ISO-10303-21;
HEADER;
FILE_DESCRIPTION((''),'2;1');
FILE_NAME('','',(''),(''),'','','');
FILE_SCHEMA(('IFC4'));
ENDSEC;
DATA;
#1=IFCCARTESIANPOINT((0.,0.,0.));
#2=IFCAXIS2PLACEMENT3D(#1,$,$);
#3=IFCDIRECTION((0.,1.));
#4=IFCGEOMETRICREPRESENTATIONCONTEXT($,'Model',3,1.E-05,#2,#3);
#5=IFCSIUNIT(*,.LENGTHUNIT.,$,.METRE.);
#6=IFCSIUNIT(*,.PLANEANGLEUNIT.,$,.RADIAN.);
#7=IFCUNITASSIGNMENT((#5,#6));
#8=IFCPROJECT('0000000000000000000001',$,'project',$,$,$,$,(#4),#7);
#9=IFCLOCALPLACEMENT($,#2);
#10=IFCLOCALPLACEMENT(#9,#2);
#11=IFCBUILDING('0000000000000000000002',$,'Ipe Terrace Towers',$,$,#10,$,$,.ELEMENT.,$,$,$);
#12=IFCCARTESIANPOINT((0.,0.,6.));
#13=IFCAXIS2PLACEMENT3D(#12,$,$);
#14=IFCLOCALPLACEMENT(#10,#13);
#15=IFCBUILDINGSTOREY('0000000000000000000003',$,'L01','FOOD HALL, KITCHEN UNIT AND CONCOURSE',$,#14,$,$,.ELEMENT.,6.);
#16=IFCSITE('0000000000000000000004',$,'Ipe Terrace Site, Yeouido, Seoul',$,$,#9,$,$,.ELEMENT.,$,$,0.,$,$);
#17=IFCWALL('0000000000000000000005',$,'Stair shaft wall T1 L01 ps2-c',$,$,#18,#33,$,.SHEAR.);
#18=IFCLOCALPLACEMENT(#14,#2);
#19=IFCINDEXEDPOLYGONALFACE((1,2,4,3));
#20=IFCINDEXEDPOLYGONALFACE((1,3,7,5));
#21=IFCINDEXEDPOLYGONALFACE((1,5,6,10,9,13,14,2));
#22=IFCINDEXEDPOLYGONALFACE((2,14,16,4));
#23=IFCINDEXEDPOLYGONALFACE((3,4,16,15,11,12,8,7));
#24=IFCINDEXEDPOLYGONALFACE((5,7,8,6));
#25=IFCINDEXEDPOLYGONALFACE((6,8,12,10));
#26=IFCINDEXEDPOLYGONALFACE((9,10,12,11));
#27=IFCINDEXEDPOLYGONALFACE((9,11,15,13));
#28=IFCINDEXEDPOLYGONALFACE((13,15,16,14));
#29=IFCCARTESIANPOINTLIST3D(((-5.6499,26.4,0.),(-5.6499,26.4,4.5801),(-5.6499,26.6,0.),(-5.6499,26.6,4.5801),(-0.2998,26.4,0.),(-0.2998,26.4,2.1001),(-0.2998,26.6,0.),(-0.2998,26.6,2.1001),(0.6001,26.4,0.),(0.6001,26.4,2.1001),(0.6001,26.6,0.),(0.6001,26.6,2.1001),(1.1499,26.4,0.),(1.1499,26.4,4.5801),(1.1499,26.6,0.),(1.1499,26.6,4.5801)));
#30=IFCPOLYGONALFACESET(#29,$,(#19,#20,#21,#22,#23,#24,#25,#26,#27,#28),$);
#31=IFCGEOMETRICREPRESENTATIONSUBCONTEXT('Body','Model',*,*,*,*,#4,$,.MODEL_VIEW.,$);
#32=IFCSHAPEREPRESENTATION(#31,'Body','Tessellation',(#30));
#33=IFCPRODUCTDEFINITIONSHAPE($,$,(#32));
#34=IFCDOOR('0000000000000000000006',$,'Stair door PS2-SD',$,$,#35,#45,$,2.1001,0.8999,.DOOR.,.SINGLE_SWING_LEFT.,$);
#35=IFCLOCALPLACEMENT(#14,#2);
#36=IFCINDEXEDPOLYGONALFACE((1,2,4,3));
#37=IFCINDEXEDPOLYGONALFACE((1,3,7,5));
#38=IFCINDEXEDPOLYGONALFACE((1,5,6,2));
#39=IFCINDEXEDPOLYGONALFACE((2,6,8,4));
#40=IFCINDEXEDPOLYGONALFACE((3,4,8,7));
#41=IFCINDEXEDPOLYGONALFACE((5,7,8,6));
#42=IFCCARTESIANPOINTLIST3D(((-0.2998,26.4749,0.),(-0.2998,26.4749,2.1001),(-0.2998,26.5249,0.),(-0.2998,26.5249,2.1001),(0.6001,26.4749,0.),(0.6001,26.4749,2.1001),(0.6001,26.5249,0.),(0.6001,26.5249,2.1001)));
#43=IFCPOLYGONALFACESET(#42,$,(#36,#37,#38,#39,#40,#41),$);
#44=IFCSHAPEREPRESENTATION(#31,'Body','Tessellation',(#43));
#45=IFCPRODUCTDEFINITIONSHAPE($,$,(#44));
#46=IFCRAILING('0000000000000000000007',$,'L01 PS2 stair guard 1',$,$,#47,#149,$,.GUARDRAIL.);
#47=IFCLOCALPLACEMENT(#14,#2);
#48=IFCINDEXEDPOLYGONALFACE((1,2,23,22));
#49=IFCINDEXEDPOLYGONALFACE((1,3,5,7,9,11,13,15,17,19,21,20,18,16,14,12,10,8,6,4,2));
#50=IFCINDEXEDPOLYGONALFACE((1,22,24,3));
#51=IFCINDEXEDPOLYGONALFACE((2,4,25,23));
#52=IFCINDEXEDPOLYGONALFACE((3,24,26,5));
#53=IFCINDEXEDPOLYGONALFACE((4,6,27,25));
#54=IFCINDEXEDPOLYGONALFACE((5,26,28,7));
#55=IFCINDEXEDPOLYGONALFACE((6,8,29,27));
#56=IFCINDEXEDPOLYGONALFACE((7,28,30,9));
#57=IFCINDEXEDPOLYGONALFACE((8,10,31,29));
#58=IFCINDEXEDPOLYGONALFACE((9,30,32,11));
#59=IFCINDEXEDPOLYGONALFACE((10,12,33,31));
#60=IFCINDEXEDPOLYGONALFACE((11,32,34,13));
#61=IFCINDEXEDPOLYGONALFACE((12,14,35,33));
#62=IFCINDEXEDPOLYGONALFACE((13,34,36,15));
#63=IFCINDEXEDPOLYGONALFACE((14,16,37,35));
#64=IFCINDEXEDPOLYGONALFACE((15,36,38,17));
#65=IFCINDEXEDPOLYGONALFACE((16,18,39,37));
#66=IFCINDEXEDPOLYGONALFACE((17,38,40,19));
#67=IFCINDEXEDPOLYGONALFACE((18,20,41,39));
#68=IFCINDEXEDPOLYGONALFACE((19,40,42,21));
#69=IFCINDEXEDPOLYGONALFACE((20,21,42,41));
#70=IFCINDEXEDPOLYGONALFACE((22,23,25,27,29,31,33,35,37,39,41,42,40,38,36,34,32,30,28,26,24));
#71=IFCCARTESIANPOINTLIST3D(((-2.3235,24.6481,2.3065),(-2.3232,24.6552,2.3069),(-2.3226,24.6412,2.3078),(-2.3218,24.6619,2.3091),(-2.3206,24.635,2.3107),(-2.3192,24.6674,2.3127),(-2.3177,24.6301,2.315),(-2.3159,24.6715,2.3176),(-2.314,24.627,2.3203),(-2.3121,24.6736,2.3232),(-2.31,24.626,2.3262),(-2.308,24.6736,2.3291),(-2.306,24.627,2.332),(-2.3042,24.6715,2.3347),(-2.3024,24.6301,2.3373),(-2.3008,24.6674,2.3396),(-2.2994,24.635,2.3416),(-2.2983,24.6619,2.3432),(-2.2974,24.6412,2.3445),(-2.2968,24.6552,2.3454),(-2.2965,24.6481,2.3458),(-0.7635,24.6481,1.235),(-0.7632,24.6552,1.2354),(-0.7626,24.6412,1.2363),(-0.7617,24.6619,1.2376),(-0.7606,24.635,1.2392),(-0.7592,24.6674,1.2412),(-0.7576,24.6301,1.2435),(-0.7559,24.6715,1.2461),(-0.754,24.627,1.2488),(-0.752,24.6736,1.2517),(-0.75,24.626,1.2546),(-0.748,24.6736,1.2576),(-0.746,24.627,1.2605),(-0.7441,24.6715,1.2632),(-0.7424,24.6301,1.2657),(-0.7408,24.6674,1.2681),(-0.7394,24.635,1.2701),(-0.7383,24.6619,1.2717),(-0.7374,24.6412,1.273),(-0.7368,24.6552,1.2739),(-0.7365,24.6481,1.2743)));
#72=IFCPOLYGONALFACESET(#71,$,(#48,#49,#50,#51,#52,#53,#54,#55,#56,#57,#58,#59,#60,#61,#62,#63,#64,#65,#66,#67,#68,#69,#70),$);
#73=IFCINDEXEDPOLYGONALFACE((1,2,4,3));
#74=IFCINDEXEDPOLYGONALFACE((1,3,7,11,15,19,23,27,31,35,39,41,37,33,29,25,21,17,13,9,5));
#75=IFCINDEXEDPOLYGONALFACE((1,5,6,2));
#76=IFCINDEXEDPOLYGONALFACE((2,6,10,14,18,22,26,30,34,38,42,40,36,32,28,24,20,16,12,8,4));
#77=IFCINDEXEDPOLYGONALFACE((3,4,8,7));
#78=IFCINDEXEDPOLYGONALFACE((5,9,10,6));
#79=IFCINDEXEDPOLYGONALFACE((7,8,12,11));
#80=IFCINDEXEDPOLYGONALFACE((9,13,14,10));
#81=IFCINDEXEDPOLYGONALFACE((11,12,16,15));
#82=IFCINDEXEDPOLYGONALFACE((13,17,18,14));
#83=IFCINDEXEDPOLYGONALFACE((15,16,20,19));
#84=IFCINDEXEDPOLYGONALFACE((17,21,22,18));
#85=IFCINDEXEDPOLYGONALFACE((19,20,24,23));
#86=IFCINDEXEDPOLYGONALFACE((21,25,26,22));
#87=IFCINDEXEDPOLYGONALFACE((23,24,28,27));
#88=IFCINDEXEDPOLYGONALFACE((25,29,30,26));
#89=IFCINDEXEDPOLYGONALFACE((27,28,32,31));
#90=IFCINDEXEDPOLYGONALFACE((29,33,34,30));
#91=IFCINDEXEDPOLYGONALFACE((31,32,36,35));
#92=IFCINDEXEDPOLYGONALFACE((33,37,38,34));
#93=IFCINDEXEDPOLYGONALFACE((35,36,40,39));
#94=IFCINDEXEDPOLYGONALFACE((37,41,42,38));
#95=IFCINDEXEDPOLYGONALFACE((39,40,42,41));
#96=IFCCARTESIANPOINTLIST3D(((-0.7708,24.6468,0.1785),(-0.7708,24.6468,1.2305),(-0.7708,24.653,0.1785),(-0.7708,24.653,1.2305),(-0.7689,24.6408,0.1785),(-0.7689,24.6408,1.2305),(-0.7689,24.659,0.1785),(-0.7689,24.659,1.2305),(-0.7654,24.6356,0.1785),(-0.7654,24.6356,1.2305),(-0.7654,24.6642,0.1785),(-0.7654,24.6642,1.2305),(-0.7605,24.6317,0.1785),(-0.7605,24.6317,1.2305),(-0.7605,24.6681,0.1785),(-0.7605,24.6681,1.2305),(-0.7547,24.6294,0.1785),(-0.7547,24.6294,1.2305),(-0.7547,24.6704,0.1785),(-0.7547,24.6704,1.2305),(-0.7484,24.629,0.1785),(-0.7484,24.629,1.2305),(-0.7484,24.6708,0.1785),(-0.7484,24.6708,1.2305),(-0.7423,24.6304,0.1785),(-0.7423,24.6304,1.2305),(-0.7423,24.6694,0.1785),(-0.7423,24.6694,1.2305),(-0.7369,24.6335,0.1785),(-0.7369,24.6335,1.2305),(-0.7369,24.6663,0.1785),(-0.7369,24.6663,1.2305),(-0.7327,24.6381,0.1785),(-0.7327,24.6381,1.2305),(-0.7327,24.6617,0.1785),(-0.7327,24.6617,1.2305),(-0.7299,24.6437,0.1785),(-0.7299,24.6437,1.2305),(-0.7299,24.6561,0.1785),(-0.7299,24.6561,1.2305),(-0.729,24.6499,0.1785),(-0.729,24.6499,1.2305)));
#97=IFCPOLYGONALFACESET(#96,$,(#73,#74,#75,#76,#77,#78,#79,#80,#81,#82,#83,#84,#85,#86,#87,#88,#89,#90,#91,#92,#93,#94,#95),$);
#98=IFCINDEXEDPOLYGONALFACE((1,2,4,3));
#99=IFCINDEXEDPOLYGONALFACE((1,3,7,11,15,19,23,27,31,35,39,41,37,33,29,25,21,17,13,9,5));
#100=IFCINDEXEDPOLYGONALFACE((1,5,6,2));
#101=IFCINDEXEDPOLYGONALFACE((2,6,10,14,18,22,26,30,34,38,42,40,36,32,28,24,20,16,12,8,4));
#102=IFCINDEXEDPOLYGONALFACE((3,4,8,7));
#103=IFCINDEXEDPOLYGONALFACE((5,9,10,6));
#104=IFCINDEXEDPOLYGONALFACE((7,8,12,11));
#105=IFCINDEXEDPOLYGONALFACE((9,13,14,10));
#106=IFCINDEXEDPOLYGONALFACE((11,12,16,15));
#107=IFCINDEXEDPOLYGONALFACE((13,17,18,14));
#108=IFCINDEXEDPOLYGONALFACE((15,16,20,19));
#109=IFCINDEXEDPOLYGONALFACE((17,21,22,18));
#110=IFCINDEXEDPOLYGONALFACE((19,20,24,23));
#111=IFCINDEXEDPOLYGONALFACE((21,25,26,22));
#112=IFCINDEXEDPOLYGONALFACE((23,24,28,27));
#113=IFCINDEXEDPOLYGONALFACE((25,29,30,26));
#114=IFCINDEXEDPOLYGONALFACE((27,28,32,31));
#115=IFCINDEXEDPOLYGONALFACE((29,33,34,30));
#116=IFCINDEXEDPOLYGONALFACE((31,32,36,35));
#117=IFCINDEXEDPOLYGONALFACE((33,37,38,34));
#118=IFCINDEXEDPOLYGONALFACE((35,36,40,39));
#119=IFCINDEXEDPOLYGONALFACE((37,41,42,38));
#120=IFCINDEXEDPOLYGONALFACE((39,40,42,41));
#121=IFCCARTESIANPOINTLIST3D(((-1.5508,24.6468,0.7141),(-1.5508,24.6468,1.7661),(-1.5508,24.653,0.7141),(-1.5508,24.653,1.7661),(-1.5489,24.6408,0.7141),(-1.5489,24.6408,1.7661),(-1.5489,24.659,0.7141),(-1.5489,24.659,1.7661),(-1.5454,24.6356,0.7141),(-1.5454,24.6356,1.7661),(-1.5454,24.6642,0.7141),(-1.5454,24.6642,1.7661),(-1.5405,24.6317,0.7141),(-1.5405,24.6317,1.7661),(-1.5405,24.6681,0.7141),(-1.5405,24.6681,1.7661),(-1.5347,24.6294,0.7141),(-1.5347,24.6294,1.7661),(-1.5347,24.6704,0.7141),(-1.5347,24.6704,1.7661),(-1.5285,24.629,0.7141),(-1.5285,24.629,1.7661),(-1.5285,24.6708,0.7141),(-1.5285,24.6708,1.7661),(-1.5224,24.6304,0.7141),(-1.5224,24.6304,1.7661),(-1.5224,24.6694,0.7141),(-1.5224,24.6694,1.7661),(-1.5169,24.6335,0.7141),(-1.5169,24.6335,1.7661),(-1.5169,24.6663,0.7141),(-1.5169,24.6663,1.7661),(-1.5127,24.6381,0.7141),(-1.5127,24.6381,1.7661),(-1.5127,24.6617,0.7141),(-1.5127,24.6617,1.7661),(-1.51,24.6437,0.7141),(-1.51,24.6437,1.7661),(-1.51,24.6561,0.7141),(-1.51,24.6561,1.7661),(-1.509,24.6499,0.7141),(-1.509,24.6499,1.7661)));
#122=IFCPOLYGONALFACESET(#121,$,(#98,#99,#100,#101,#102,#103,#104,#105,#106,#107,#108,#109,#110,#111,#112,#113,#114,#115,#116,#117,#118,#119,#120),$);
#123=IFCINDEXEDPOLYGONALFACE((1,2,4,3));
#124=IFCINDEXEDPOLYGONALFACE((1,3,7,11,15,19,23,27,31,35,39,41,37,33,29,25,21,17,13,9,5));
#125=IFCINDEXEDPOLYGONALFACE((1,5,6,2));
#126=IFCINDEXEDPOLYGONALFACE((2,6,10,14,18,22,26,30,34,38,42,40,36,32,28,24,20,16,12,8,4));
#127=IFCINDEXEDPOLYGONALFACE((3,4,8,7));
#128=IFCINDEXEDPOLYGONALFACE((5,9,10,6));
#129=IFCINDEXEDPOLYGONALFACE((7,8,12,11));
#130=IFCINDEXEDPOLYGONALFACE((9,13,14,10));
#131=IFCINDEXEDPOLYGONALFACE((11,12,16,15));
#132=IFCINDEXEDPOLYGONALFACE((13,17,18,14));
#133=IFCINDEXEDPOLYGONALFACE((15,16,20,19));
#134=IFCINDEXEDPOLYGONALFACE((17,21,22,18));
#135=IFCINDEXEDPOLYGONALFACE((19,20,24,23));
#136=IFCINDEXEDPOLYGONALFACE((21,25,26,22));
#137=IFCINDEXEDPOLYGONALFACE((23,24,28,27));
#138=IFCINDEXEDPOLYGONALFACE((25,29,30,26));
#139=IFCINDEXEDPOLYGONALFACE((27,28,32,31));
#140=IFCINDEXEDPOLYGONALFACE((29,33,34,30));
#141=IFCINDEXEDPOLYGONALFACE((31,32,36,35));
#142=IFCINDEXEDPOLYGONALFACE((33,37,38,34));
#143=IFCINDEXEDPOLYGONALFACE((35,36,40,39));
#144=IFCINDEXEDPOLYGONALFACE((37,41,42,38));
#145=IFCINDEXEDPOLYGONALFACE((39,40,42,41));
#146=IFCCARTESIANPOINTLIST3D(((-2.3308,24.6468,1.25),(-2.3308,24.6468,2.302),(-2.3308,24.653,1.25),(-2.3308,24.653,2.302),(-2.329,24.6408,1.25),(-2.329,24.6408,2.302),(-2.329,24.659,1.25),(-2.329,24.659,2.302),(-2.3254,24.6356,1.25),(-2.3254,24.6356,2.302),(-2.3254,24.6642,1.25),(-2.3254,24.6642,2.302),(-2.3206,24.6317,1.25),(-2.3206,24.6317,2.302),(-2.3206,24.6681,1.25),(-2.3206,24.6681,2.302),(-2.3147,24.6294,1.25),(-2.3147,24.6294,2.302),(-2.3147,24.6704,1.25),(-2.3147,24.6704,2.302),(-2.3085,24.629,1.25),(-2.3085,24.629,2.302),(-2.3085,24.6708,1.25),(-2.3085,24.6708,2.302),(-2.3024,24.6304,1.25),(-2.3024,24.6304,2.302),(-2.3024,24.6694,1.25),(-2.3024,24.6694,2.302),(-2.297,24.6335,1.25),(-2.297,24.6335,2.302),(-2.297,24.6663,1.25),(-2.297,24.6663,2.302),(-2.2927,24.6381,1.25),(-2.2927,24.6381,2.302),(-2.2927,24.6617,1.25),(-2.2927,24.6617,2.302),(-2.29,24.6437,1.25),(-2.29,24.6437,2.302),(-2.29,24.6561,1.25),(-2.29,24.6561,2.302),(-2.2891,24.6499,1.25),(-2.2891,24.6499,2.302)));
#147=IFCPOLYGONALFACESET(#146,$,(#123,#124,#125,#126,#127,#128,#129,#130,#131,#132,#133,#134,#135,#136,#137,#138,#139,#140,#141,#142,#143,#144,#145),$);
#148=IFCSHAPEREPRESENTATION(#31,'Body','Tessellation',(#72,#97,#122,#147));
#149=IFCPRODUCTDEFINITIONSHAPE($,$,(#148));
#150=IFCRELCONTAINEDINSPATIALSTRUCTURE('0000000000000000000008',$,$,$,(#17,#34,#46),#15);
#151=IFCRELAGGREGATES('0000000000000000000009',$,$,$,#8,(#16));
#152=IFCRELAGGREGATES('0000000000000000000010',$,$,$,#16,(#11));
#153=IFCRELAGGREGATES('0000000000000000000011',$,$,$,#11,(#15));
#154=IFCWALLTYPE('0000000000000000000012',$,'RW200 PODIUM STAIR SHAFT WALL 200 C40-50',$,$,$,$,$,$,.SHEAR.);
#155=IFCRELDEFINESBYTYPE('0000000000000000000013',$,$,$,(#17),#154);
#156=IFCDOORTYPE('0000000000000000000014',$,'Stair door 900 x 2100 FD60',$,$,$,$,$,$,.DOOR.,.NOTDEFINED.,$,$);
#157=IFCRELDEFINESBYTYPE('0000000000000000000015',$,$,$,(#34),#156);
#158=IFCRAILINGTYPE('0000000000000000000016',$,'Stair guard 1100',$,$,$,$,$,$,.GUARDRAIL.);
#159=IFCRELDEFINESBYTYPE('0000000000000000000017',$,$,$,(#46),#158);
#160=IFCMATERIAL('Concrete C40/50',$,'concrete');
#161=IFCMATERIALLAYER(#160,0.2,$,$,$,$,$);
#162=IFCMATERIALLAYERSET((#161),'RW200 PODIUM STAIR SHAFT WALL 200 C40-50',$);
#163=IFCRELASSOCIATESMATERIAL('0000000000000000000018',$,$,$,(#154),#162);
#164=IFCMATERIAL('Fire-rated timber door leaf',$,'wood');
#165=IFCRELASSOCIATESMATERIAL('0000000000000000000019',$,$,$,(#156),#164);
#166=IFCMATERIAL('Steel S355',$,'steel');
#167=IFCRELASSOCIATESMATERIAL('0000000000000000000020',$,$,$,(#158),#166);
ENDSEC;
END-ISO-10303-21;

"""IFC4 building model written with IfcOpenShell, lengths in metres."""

from ifc_helpers import new_model, si_unit, direction, frame, frame_2d, origin, origin_2d, place, context, subcontext, project, spatial, rectangle, circle, extrude, material, layer, layer_set, type_object, element, fill, save


model = new_model("IFC4")

# Units and contexts
model_context = context("Model", 3, precision=1e-05, world=origin(), true_north=direction((0.0, 1.0)))
body_context = subcontext(model_context, "Body", "Model", "MODEL_VIEW")
ifc_project = project(units=[si_unit("LENGTHUNIT", "METRE"), si_unit("PLANEANGLEUNIT", "RADIAN")], contexts=[model_context])

# Site, building, storey
site_placement = place(None, origin())
site = spatial("IfcSite", under=ifc_project, at=site_placement, Name="Ipe Terrace Site, Yeouido, Seoul", CompositionType="ELEMENT", RefElevation=0.0)
building_placement = place(site_placement, origin())
building = spatial("IfcBuilding", under=site, at=building_placement, Name="Ipe Terrace Towers", CompositionType="ELEMENT")
storey_placement = place(building_placement, frame((0.0, 0.0, 6.0)))
storey = spatial("IfcBuildingStorey", under=building, at=storey_placement, Name="L01", Description="FOOD HALL, KITCHEN UNIT AND CONCOURSE", CompositionType="ELEMENT", Elevation=6.0)

# Wall, opening, door
ifc_material_1 = material(Name="Concrete C40/50", Category="concrete")
ifc_layer_1 = layer(ifc_material_1, 0.2)
ifc_layer_set_1 = layer_set([ifc_layer_1], Name="RW200 PODIUM STAIR SHAFT WALL 200 C40-50")
wall_type_1 = type_object("IfcWallType", Name="RW200 PODIUM STAIR SHAFT WALL 200 C40-50", PredefinedType="SHEAR", material=ifc_layer_set_1)
wall_1_placement = place(storey_placement, frame((-5.6499, 26.5, 0.0), z_axis=(0.0, 0.0, 1.0), x_axis=(1.0, 0.0, 0.0)))
wall_1 = element("IfcWall", 1, at=wall_1_placement, inside=storey, type_object=wall_type_1, Name="Stair shaft wall T1 L01 ps2-c", PredefinedType="SHEAR", context=body_context, shape_type="SweptSolid", body=[
    extrude(rectangle(XDim=6.7998, YDim=0.2, at=frame_2d((3.3999, 0.0))), origin(), (0.0, 0.0, 1.0), 4.5801),
])
opening_1_placement = place(wall_1_placement, frame((5.3501, 0.0, 0.0)))
opening_1 = element("IfcOpeningElement", 2, at=opening_1_placement, cuts=wall_1, PredefinedType="OPENING", context=body_context, shape_type="SweptSolid", body=[
    extrude(rectangle(XDim=0.8999, YDim=2.1001, at=frame_2d((0.45, 1.05))), frame((0.0, 0.1099, 0.0), z_axis=(0.0, -1.0, 0.0), x_axis=(1.0, 0.0, 0.0)), (0.0, 0.0, 1.0), 0.22),
])
ifc_material_2 = material(Name="Fire-rated timber door leaf", Category="wood")
door_type_1 = type_object("IfcDoorType", Name="Stair door 900 x 2100 FD60", OperationType="NOTDEFINED", PredefinedType="DOOR", material=ifc_material_2)
door_1_placement = place(opening_1_placement, origin())
door_1 = element("IfcDoor", 3, at=door_1_placement, inside=storey, type_object=door_type_1, Name="Stair door PS2-SD", OperationType="SINGLE_SWING_LEFT", OverallHeight=2.1001, OverallWidth=0.8999, PredefinedType="DOOR", context=body_context, shape_type="SweptSolid", body=[
    extrude(rectangle(XDim=0.8999, YDim=2.1001, at=frame_2d((0.45, 1.05))), frame((0.0, 0.0249, 0.0), z_axis=(0.0, -1.0, 0.0), x_axis=(1.0, 0.0, 0.0)), (0.0, 0.0, 1.0), 0.05),
])
fill(opening_1, door_1)

# Railing
ifc_material_3 = material(Name="Steel S355", Category="steel")
railing_type_1 = type_object("IfcRailingType", Name="Stair guard 1100", PredefinedType="GUARDRAIL", material=ifc_material_3)
railing_1_placement = place(storey_placement, frame((-0.75, 24.6499, 0.1785)))
element("IfcRailing", 4, at=railing_1_placement, inside=storey, type_object=railing_type_1, Name="L01 PS2 stair guard 1", PredefinedType="GUARDRAIL", context=body_context, shape_type="SweptSolid", body=[
    extrude(circle(Radius=0.0239, at=origin_2d()), frame((0.0, 0.0, 1.0762), z_axis=(-0.82429, 0.0, 0.566167), x_axis=(0.0, -1.0, 0.0)), (0.0, 0.0, 1.0), 1.8926),
    extrude(circle(Radius=0.021, at=origin_2d()), origin(), (0.0, 0.0, 1.0), 1.052),
    extrude(circle(Radius=0.021, at=origin_2d()), frame((-0.78, 0.0, 0.5356)), (0.0, 0.0, 1.0), 1.052),
    extrude(circle(Radius=0.021, at=origin_2d()), frame((-1.5601, 0.0, 1.0715)), (0.0, 0.0, 1.0), 1.052),
])

save(model, "model.ifc")
